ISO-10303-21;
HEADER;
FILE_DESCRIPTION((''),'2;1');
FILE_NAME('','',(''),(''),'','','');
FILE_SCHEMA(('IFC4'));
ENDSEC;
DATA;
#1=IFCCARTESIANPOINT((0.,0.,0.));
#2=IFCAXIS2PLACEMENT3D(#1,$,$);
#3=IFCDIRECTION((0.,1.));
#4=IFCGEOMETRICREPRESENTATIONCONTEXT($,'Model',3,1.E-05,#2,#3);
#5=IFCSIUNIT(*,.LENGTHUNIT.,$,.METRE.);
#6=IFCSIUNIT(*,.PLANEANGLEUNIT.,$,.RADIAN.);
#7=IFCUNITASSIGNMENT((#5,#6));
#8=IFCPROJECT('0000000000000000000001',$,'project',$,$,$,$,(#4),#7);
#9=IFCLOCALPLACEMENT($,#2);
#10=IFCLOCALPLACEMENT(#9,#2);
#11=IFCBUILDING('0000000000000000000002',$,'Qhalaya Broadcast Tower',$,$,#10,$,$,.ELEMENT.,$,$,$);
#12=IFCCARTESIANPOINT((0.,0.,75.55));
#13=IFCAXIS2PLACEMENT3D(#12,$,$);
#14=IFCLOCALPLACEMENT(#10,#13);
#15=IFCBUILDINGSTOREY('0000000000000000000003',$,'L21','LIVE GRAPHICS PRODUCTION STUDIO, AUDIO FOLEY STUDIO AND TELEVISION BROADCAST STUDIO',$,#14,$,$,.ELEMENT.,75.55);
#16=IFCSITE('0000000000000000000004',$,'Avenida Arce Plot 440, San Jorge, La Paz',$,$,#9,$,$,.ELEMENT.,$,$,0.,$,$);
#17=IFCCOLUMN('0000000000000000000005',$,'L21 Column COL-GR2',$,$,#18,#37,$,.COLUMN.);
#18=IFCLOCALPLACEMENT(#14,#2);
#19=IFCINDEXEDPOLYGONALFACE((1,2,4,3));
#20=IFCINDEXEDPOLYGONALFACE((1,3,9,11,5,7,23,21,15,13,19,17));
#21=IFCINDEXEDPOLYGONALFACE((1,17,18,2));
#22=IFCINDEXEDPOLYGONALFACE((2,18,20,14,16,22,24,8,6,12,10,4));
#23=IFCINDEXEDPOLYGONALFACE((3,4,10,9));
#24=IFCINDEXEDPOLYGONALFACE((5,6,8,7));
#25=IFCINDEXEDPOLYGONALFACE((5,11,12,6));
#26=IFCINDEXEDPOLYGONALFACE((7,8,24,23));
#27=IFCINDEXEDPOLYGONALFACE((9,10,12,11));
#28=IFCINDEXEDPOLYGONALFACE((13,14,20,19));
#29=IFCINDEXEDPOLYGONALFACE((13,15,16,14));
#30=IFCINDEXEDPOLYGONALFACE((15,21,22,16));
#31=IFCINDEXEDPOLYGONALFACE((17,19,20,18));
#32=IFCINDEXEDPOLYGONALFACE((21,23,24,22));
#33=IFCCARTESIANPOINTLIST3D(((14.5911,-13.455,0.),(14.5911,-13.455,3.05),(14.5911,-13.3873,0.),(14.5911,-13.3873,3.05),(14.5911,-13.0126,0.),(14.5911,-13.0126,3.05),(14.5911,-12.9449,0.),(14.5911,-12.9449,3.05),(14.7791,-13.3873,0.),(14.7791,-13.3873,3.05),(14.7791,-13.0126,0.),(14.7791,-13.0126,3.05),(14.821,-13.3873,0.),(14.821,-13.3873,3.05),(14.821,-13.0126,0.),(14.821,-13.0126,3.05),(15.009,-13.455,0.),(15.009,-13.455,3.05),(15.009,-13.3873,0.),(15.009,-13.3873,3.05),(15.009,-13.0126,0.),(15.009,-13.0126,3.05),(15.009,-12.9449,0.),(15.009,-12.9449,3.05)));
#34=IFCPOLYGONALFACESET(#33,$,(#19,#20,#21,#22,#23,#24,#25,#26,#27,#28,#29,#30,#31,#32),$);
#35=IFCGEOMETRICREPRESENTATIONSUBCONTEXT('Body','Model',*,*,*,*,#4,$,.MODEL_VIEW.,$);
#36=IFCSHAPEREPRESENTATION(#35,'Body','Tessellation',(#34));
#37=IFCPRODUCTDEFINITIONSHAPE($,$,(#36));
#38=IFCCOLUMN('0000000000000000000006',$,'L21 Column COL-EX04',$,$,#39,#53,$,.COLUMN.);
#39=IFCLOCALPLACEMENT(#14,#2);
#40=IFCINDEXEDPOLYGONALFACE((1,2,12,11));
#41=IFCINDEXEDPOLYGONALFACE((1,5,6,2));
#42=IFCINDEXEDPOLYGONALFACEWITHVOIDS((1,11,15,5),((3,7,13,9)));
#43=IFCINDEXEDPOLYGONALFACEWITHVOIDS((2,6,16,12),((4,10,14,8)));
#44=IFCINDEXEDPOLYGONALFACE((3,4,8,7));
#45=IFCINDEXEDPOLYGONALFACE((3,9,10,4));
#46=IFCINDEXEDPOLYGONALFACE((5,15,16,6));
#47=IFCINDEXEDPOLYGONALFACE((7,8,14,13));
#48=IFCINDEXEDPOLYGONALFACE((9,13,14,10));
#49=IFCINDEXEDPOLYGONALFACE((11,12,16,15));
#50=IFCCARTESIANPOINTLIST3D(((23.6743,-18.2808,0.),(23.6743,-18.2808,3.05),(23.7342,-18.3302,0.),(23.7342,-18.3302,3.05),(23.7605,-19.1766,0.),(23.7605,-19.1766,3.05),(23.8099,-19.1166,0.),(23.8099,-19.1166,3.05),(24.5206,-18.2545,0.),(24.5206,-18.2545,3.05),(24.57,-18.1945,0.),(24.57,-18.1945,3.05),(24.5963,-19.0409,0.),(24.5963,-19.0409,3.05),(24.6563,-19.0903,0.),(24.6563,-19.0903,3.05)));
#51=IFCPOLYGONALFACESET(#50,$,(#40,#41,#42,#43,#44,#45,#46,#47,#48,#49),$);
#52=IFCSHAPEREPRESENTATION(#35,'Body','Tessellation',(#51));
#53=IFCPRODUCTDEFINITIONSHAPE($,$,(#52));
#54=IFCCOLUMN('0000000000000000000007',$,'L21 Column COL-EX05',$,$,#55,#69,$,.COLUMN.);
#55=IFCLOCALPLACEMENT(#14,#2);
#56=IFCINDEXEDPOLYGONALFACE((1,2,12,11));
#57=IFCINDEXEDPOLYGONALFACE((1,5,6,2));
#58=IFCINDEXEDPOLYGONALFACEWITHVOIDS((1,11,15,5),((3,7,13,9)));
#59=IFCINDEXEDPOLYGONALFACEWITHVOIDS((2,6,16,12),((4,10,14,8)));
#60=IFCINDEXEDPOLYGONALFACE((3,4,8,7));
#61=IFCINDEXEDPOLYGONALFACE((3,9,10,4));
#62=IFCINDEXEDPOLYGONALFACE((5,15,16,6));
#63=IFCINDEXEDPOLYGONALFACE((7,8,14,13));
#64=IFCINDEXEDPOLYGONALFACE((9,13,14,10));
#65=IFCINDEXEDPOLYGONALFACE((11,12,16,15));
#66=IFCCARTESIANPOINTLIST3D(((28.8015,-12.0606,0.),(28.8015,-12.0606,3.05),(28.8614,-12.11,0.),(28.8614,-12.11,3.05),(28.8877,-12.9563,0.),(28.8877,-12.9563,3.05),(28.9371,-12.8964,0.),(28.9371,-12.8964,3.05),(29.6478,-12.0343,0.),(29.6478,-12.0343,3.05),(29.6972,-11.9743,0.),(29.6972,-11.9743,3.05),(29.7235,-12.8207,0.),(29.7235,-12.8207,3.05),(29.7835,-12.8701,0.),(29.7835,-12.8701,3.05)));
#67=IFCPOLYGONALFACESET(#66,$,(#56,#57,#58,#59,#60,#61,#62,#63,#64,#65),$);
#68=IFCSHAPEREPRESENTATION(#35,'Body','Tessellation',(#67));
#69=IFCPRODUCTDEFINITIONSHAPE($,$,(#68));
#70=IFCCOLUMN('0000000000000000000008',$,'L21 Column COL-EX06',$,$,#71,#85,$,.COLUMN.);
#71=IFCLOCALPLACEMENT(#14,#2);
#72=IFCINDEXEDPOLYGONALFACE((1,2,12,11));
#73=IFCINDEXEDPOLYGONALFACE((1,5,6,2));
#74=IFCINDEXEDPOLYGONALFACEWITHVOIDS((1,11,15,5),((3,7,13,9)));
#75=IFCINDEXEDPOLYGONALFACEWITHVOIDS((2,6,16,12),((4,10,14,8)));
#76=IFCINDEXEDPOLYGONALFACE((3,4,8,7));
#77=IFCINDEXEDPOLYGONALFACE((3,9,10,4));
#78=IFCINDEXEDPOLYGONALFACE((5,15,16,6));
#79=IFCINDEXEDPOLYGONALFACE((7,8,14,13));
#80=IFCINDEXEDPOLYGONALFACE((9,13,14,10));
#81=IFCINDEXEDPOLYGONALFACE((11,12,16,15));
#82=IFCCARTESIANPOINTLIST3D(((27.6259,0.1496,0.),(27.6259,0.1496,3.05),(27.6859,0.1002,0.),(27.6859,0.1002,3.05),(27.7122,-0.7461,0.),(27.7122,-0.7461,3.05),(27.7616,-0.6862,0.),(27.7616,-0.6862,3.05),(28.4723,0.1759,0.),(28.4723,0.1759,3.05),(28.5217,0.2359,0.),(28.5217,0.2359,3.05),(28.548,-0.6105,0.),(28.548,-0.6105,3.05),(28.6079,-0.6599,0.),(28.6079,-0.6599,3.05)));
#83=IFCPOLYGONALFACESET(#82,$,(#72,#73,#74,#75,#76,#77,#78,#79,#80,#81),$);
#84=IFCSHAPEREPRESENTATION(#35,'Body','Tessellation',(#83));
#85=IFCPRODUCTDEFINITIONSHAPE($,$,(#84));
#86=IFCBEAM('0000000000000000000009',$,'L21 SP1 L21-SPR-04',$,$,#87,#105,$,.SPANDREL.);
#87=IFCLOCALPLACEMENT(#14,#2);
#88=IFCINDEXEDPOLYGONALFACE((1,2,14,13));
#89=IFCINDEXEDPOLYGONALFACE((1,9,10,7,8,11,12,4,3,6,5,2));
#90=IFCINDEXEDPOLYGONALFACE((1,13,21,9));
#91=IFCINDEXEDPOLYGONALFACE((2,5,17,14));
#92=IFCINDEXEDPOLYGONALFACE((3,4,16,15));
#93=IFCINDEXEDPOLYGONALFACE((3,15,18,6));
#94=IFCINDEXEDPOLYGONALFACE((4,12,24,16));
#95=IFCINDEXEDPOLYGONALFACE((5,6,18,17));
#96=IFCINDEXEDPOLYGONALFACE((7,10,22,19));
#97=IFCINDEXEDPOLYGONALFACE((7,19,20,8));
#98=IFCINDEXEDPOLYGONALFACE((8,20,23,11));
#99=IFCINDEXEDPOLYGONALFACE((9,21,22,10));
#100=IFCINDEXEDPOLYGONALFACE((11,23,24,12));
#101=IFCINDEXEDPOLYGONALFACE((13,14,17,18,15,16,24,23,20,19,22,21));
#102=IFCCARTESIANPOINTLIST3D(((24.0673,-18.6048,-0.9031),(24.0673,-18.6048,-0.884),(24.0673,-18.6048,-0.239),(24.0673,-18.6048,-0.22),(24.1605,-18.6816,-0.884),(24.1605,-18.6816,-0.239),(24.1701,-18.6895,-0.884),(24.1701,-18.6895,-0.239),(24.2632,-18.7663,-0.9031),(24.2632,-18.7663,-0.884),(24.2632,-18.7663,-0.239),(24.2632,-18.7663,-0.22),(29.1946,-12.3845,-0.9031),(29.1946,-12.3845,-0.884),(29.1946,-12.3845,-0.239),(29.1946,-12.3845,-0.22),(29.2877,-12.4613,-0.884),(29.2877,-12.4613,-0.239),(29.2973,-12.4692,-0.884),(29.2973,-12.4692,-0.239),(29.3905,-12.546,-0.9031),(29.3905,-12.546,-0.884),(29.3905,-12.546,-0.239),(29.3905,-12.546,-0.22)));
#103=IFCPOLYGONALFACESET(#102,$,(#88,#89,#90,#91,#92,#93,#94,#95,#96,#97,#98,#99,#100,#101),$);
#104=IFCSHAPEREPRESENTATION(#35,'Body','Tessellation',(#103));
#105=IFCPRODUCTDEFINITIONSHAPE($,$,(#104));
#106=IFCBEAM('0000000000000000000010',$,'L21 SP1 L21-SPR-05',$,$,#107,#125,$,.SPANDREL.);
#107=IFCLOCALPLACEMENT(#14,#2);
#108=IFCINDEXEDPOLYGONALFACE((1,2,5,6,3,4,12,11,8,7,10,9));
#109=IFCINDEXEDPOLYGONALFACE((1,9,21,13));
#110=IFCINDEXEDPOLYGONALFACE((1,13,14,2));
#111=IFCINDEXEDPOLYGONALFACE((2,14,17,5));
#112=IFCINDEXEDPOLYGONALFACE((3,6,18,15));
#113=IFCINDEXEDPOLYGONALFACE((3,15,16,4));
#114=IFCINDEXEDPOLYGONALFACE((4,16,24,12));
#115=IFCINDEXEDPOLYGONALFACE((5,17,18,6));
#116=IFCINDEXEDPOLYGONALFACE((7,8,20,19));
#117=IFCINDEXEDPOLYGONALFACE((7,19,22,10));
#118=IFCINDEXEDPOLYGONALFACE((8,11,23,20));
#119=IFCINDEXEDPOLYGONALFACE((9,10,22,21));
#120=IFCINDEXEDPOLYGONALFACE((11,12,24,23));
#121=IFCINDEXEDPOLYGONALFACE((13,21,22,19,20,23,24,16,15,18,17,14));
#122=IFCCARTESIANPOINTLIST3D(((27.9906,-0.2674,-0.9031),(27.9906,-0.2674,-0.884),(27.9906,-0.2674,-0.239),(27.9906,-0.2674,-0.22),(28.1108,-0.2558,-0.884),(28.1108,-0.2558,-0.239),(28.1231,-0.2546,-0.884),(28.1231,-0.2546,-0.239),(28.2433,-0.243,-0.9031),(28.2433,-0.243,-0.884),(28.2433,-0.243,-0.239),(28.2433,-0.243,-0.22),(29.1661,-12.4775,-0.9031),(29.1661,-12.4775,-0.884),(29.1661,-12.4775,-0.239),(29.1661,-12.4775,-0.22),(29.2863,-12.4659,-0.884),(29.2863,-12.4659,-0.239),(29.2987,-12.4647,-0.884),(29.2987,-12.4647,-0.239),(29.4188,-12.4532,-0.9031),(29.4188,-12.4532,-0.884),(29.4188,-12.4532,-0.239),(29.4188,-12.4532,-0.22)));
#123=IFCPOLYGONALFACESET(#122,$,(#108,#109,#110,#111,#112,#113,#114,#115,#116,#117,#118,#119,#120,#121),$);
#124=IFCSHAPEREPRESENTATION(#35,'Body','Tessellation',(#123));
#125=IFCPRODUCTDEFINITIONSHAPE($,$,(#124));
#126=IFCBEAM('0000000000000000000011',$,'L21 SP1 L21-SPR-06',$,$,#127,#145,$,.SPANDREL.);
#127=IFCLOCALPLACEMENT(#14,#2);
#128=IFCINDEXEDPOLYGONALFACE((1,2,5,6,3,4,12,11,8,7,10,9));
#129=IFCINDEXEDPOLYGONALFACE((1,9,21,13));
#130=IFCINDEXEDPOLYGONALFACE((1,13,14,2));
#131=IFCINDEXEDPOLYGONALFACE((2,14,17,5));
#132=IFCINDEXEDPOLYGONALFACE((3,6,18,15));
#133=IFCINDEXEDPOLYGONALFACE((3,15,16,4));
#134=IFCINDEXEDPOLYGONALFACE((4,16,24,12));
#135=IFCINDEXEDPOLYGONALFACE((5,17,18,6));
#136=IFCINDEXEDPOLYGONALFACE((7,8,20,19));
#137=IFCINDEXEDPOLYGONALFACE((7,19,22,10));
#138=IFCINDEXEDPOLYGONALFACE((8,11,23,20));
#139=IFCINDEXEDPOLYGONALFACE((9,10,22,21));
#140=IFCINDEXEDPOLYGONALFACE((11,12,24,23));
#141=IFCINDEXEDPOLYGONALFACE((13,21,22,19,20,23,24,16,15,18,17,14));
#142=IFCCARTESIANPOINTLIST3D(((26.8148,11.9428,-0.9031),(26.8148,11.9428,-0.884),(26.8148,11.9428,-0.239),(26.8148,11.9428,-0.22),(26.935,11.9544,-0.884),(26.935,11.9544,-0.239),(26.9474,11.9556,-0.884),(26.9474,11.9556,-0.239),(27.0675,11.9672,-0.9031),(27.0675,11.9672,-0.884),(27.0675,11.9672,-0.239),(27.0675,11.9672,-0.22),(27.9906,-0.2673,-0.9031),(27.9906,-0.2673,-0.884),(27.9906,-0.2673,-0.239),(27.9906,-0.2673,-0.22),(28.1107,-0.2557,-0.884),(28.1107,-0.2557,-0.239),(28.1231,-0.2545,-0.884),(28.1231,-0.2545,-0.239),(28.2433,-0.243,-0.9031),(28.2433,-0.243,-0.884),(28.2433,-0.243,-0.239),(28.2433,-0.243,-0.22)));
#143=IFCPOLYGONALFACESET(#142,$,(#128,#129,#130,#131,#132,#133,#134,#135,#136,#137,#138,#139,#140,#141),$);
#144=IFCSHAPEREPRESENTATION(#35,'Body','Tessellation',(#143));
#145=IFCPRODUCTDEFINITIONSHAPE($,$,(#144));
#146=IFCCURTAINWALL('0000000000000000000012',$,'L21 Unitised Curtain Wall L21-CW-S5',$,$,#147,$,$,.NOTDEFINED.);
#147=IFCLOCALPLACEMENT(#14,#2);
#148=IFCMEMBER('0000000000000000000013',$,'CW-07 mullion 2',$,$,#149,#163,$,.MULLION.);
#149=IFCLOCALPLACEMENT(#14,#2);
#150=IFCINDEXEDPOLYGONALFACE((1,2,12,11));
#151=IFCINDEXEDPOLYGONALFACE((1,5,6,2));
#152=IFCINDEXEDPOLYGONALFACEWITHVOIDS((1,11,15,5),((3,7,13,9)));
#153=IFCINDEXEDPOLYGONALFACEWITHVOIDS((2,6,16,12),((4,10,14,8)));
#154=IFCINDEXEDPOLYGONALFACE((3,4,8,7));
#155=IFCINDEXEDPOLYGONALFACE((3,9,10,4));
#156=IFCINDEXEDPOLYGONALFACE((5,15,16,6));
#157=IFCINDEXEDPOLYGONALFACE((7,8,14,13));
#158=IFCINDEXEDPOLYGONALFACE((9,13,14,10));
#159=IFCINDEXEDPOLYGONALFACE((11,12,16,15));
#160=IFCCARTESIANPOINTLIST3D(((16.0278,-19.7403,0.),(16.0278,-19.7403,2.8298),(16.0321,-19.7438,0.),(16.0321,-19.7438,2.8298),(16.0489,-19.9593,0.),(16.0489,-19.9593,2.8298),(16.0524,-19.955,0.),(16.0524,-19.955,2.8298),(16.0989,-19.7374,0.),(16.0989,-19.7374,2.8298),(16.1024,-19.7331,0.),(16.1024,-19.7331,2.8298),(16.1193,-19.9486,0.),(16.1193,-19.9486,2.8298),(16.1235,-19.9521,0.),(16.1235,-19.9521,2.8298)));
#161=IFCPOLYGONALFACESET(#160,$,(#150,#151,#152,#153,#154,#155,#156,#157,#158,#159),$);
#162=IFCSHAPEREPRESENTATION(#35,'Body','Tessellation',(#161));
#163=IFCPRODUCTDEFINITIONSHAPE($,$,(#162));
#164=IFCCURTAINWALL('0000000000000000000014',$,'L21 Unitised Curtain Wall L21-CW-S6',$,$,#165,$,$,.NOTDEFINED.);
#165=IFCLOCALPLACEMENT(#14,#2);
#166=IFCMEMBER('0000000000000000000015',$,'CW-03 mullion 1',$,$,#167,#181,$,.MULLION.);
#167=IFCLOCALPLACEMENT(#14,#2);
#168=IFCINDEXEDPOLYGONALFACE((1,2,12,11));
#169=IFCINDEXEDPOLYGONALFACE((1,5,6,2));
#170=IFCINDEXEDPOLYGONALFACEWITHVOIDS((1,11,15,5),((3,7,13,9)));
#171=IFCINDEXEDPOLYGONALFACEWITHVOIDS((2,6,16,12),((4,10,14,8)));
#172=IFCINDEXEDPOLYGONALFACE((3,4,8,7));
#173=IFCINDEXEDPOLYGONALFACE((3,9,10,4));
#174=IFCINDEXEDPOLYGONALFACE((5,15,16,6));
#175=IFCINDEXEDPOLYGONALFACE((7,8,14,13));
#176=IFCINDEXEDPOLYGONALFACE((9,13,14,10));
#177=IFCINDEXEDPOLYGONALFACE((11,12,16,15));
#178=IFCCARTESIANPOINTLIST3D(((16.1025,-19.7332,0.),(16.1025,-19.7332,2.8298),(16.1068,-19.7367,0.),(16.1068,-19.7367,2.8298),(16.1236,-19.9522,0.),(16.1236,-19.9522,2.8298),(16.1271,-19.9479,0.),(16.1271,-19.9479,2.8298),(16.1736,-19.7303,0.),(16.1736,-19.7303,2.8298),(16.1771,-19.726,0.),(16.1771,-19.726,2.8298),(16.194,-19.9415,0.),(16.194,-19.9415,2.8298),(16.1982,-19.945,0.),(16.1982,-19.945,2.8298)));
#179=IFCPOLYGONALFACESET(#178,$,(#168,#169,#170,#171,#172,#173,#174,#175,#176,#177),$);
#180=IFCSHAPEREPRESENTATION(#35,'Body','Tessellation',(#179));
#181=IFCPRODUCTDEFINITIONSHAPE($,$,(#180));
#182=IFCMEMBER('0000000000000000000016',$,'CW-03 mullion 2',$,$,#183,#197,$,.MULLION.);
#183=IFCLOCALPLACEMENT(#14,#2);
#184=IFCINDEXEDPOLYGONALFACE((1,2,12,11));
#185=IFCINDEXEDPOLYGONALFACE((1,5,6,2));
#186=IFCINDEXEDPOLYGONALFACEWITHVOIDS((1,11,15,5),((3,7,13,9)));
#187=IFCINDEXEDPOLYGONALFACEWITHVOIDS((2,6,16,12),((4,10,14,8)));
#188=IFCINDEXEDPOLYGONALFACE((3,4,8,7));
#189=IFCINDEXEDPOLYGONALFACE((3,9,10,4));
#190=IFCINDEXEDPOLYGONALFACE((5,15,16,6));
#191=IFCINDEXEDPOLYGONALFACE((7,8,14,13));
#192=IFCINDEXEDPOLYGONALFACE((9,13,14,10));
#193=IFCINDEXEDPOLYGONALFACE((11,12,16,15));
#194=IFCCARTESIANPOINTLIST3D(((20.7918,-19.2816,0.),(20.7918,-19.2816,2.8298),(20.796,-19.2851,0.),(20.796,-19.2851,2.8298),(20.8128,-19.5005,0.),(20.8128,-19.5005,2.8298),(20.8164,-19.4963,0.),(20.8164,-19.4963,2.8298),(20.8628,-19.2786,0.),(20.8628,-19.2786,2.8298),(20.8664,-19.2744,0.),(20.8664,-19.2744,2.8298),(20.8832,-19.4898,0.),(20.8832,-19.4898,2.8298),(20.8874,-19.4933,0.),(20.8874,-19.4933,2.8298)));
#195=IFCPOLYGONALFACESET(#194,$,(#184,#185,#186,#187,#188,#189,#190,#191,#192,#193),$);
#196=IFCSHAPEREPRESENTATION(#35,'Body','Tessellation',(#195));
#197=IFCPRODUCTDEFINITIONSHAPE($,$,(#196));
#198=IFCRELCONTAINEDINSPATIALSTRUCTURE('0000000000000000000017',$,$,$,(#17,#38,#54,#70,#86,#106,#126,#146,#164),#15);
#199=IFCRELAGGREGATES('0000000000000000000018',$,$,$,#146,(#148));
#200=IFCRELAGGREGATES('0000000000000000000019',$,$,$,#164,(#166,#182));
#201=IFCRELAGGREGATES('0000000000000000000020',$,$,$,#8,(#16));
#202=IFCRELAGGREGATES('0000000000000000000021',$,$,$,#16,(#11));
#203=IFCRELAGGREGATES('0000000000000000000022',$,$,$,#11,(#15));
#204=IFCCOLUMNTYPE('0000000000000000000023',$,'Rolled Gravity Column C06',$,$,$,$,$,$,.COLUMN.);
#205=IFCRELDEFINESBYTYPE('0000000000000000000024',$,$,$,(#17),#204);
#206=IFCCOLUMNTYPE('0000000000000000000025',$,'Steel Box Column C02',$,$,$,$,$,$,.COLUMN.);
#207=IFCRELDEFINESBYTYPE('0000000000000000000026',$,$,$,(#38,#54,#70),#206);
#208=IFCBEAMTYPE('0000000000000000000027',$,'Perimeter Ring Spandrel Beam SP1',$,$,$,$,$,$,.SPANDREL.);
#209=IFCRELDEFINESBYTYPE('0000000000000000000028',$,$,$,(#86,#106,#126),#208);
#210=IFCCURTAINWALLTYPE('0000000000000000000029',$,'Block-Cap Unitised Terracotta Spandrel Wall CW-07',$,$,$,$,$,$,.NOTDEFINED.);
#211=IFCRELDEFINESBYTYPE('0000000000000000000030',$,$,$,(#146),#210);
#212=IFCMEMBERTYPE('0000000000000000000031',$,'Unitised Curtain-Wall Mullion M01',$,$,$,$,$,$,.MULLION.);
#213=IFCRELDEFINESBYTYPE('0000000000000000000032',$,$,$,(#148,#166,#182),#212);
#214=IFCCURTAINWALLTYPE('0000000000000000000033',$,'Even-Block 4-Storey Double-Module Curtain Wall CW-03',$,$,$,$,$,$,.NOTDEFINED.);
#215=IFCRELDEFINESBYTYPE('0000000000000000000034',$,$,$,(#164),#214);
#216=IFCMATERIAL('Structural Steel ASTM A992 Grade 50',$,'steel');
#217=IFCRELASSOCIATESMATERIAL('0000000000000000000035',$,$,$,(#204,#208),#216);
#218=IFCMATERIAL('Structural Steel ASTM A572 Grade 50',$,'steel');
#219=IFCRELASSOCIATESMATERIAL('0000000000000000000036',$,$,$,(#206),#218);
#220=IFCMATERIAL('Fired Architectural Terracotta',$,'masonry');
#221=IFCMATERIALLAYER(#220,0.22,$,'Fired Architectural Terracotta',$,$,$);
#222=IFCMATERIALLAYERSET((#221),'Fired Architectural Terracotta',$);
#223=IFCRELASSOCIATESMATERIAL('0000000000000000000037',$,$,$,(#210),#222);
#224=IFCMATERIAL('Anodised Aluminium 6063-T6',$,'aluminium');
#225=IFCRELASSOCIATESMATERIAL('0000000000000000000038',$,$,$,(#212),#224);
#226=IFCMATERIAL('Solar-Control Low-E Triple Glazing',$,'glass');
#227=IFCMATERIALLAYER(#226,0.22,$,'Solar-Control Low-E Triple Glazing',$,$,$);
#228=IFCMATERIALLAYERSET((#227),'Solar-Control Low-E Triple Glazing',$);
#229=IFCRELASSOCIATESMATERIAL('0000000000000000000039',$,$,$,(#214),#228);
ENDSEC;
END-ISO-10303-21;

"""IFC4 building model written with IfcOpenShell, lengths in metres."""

from ifc_helpers import new_model, si_unit, direction, frame, origin, origin_2d, place, context, subcontext, project, spatial, hollow_rectangle, i_section, extrude, material, layer, layer_set, material_profile, profile_set, type_object, element, aggregate, save


model = new_model("IFC4")

# Units and contexts
model_context = context("Model", 3, precision=1e-05, world=origin(), true_north=direction((0.0, 1.0)))
body_context = subcontext(model_context, "Body", "Model", "MODEL_VIEW")
ifc_project = project(units=[si_unit("LENGTHUNIT", "METRE"), si_unit("PLANEANGLEUNIT", "RADIAN")], contexts=[model_context])

# Site, building, storey
site_placement = place(None, origin())
site = spatial("IfcSite", under=ifc_project, at=site_placement, Name="Avenida Arce Plot 440, San Jorge, La Paz", CompositionType="ELEMENT", RefElevation=0.0)
building_placement = place(site_placement, origin())
building = spatial("IfcBuilding", under=site, at=building_placement, Name="Qhalaya Broadcast Tower", CompositionType="ELEMENT")
storey_placement = place(building_placement, frame((0.0, 0.0, 75.55)))
storey = spatial("IfcBuildingStorey", under=building, at=storey_placement, Name="L21", Description="LIVE GRAPHICS PRODUCTION STUDIO, AUDIO FOLEY STUDIO AND TELEVISION BROADCAST STUDIO", CompositionType="ELEMENT", Elevation=75.55)

# Columns
ifc_material_1 = material(Name="Structural Steel ASTM A992 Grade 50", Category="steel")
ifc_material_profile_1 = material_profile(ifc_material_1, i_section(OverallWidth=0.418, OverallDepth=0.51, WebThickness=0.042, FlangeThickness=0.0676, at=origin_2d()), Name="W14X370")
ifc_profile_set_1 = profile_set([ifc_material_profile_1], Name="Structural Steel ASTM A992 Grade 50")
column_type_1 = type_object("IfcColumnType", Name="Rolled Gravity Column C06", PredefinedType="COLUMN", material=ifc_profile_set_1)
column_placement = place(storey_placement, frame((14.8, -13.2, 0.0), z_axis=(0.0, 0.0, 1.0), x_axis=(1.0, 0.0, 0.0)))
element("IfcColumn", 1, at=column_placement, inside=storey, type_object=column_type_1, Name="L21 Column COL-GR2", PredefinedType="COLUMN", context=body_context, shape_type="SweptSolid", body=[
    extrude(i_section(OverallWidth=0.418, OverallDepth=0.51, WebThickness=0.042, FlangeThickness=0.0676, at=origin_2d()), origin(), (0.0, 0.0, 1.0), 3.05),
])
ifc_material_2 = material(Name="Structural Steel ASTM A572 Grade 50", Category="steel")
ifc_material_profile_2 = material_profile(ifc_material_2, hollow_rectangle(XDim=0.8999, YDim=0.8999, WallThickness=0.0549, at=origin_2d()), Name="BOX 900x900x55")
ifc_profile_set_2 = profile_set([ifc_material_profile_2], Name="Structural Steel ASTM A572 Grade 50")
column_type_2 = type_object("IfcColumnType", Name="Steel Box Column C02", PredefinedType="COLUMN", material=ifc_profile_set_2)
for number, where, z_axis, x_axis, name in (
    (2, (24.1653, -18.6855, 0.0), (0.0, 0.0, 1.0), (0.995396, 0.095846, 0.0), "L21 Column COL-EX04"),
    (3, (29.2925, -12.4653, 0.0), (0.0, 0.0, 1.0), (-0.095846, 0.995396, 0.0), "L21 Column COL-EX05"),
    (4, (28.1169, -0.2551, 0.0), (0.0, 0.0, 1.0), (-0.095846, 0.995396, 0.0), "L21 Column COL-EX06"),
):
    element("IfcColumn", number, at=place(storey_placement, frame(where, z_axis=z_axis, x_axis=x_axis)), inside=storey, type_object=column_type_2, Name=name, PredefinedType="COLUMN", context=body_context, shape_type="SweptSolid", body=[
        extrude(hollow_rectangle(XDim=0.8999, YDim=0.8999, WallThickness=0.0549, at=origin_2d()), origin(), (0.0, 0.0, 1.0), 3.05),
    ])

# Beams
ifc_material_profile_3 = material_profile(ifc_material_1, i_section(OverallWidth=0.2539, OverallDepth=0.6831, WebThickness=0.0125, FlangeThickness=0.019, at=origin_2d()), Name="W27X94")
ifc_profile_set_3 = profile_set([ifc_material_profile_3], Name="Structural Steel ASTM A992 Grade 50")
beam_type = type_object("IfcBeamType", Name="Perimeter Ring Spandrel Beam SP1", PredefinedType="SPANDREL", material=ifc_profile_set_3)
beam_placement = place(storey_placement, frame((24.1653, -18.6855, -0.5615), z_axis=(0.636052, 0.771646, 0.0), x_axis=(-0.771646, 0.636052, 0.0)))
element("IfcBeam", 5, at=beam_placement, inside=storey, type_object=beam_type, Name="L21 SP1 L21-SPR-04", PredefinedType="SPANDREL", context=body_context, shape_type="SweptSolid", body=[
    extrude(i_section(OverallWidth=0.2539, OverallDepth=0.6831, WebThickness=0.0125, FlangeThickness=0.019, at=origin_2d()), origin(), (0.0, 0.0, 1.0), 8.061),
])
for number, where, z_axis, x_axis, name in (
    (6, (29.2925, -12.4653, -0.5615), (-0.095832, 0.995398, 0.0), (-0.995398, -0.095832, 0.0), "L21 SP1 L21-SPR-05"),
    (7, (28.1169, -0.2551, -0.5615), (-0.095852, 0.995396, 0.0), (-0.995396, -0.095852, 0.0), "L21 SP1 L21-SPR-06"),
):
    element("IfcBeam", number, at=place(storey_placement, frame(where, z_axis=z_axis, x_axis=x_axis)), inside=storey, type_object=beam_type, Name=name, PredefinedType="SPANDREL", context=body_context, shape_type="SweptSolid", body=[
        extrude(i_section(OverallWidth=0.2539, OverallDepth=0.6831, WebThickness=0.0125, FlangeThickness=0.019, at=origin_2d()), origin(), (0.0, 0.0, 1.0), 12.2666),
    ])

# Curtain wall, member
ifc_material_3 = material(Name="Fired Architectural Terracotta", Category="masonry")
ifc_layer_1 = layer(ifc_material_3, 0.22, Name="Fired Architectural Terracotta")
ifc_layer_set_1 = layer_set([ifc_layer_1], Name="Fired Architectural Terracotta")
curtain_wall_type_1 = type_object("IfcCurtainWallType", Name="Block-Cap Unitised Terracotta Spandrel Wall CW-07", PredefinedType="NOTDEFINED", material=ifc_layer_set_1)
curtain_wall_1_placement = place(storey_placement, origin())
curtain_wall_1 = element("IfcCurtainWall", 8, at=curtain_wall_1_placement, inside=storey, type_object=curtain_wall_type_1, Name="L21 Unitised Curtain Wall L21-CW-S5", PredefinedType="NOTDEFINED")
ifc_material_4 = material(Name="Anodised Aluminium 6063-T6", Category="aluminium")
ifc_material_profile_4 = material_profile(ifc_material_4, hollow_rectangle(XDim=0.075, YDim=0.22, WallThickness=0.0039, at=origin_2d()), Name="ALU-MUL 75x220x4")
ifc_profile_set_4 = profile_set([ifc_material_profile_4], Name="Anodised Aluminium 6063-T6")
member_type_1 = type_object("IfcMemberType", Name="Unitised Curtain-Wall Mullion M01", PredefinedType="MULLION", material=ifc_profile_set_4)
member_1_placement = place(storey_placement, frame((16.0757, -19.8462, 0.0), z_axis=(0.0, 0.0, 1.0), x_axis=(0.995397, 0.095838, 0.0)))
member_1 = element("IfcMember", 9, at=member_1_placement, type_object=member_type_1, Name="CW-07 mullion 2", PredefinedType="MULLION", context=body_context, shape_type="SweptSolid", body=[
    extrude(hollow_rectangle(XDim=0.075, YDim=0.22, WallThickness=0.0039, at=origin_2d()), origin(), (0.0, 0.0, 1.0), 2.8298),
])
aggregate(curtain_wall_1, [member_1])

# Curtain wall, members
ifc_material_5 = material(Name="Solar-Control Low-E Triple Glazing", Category="glass")
ifc_layer_2 = layer(ifc_material_5, 0.22, Name="Solar-Control Low-E Triple Glazing")
ifc_layer_set_2 = layer_set([ifc_layer_2], Name="Solar-Control Low-E Triple Glazing")
curtain_wall_type_2 = type_object("IfcCurtainWallType", Name="Even-Block 4-Storey Double-Module Curtain Wall CW-03", PredefinedType="NOTDEFINED", material=ifc_layer_set_2)
curtain_wall_2_placement = place(storey_placement, origin())
curtain_wall_2 = element("IfcCurtainWall", 10, at=curtain_wall_2_placement, inside=storey, type_object=curtain_wall_type_2, Name="L21 Unitised Curtain Wall L21-CW-S6", PredefinedType="NOTDEFINED")
member_2_placement = place(storey_placement, frame((16.1504, -19.8391, 0.0), z_axis=(0.0, 0.0, 1.0), x_axis=(0.995394, 0.095864, 0.0)))
member_2 = element("IfcMember", 11, at=member_2_placement, type_object=member_type_1, Name="CW-03 mullion 1", PredefinedType="MULLION", context=body_context, shape_type="SweptSolid", body=[
    extrude(hollow_rectangle(XDim=0.075, YDim=0.22, WallThickness=0.0039, at=origin_2d()), origin(), (0.0, 0.0, 1.0), 2.8298),
])
member_3_placement = place(storey_placement, frame((20.8396, -19.3875, 0.0), z_axis=(0.0, 0.0, 1.0), x_axis=(0.995394, 0.095864, 0.0)))
member_3 = element("IfcMember", 12, at=member_3_placement, type_object=member_type_1, Name="CW-03 mullion 2", PredefinedType="MULLION", context=body_context, shape_type="SweptSolid", body=[
    extrude(hollow_rectangle(XDim=0.075, YDim=0.22, WallThickness=0.0039, at=origin_2d()), origin(), (0.0, 0.0, 1.0), 2.8298),
])

aggregate(curtain_wall_2, [member_2, member_3])

save(model, "model.ifc")
